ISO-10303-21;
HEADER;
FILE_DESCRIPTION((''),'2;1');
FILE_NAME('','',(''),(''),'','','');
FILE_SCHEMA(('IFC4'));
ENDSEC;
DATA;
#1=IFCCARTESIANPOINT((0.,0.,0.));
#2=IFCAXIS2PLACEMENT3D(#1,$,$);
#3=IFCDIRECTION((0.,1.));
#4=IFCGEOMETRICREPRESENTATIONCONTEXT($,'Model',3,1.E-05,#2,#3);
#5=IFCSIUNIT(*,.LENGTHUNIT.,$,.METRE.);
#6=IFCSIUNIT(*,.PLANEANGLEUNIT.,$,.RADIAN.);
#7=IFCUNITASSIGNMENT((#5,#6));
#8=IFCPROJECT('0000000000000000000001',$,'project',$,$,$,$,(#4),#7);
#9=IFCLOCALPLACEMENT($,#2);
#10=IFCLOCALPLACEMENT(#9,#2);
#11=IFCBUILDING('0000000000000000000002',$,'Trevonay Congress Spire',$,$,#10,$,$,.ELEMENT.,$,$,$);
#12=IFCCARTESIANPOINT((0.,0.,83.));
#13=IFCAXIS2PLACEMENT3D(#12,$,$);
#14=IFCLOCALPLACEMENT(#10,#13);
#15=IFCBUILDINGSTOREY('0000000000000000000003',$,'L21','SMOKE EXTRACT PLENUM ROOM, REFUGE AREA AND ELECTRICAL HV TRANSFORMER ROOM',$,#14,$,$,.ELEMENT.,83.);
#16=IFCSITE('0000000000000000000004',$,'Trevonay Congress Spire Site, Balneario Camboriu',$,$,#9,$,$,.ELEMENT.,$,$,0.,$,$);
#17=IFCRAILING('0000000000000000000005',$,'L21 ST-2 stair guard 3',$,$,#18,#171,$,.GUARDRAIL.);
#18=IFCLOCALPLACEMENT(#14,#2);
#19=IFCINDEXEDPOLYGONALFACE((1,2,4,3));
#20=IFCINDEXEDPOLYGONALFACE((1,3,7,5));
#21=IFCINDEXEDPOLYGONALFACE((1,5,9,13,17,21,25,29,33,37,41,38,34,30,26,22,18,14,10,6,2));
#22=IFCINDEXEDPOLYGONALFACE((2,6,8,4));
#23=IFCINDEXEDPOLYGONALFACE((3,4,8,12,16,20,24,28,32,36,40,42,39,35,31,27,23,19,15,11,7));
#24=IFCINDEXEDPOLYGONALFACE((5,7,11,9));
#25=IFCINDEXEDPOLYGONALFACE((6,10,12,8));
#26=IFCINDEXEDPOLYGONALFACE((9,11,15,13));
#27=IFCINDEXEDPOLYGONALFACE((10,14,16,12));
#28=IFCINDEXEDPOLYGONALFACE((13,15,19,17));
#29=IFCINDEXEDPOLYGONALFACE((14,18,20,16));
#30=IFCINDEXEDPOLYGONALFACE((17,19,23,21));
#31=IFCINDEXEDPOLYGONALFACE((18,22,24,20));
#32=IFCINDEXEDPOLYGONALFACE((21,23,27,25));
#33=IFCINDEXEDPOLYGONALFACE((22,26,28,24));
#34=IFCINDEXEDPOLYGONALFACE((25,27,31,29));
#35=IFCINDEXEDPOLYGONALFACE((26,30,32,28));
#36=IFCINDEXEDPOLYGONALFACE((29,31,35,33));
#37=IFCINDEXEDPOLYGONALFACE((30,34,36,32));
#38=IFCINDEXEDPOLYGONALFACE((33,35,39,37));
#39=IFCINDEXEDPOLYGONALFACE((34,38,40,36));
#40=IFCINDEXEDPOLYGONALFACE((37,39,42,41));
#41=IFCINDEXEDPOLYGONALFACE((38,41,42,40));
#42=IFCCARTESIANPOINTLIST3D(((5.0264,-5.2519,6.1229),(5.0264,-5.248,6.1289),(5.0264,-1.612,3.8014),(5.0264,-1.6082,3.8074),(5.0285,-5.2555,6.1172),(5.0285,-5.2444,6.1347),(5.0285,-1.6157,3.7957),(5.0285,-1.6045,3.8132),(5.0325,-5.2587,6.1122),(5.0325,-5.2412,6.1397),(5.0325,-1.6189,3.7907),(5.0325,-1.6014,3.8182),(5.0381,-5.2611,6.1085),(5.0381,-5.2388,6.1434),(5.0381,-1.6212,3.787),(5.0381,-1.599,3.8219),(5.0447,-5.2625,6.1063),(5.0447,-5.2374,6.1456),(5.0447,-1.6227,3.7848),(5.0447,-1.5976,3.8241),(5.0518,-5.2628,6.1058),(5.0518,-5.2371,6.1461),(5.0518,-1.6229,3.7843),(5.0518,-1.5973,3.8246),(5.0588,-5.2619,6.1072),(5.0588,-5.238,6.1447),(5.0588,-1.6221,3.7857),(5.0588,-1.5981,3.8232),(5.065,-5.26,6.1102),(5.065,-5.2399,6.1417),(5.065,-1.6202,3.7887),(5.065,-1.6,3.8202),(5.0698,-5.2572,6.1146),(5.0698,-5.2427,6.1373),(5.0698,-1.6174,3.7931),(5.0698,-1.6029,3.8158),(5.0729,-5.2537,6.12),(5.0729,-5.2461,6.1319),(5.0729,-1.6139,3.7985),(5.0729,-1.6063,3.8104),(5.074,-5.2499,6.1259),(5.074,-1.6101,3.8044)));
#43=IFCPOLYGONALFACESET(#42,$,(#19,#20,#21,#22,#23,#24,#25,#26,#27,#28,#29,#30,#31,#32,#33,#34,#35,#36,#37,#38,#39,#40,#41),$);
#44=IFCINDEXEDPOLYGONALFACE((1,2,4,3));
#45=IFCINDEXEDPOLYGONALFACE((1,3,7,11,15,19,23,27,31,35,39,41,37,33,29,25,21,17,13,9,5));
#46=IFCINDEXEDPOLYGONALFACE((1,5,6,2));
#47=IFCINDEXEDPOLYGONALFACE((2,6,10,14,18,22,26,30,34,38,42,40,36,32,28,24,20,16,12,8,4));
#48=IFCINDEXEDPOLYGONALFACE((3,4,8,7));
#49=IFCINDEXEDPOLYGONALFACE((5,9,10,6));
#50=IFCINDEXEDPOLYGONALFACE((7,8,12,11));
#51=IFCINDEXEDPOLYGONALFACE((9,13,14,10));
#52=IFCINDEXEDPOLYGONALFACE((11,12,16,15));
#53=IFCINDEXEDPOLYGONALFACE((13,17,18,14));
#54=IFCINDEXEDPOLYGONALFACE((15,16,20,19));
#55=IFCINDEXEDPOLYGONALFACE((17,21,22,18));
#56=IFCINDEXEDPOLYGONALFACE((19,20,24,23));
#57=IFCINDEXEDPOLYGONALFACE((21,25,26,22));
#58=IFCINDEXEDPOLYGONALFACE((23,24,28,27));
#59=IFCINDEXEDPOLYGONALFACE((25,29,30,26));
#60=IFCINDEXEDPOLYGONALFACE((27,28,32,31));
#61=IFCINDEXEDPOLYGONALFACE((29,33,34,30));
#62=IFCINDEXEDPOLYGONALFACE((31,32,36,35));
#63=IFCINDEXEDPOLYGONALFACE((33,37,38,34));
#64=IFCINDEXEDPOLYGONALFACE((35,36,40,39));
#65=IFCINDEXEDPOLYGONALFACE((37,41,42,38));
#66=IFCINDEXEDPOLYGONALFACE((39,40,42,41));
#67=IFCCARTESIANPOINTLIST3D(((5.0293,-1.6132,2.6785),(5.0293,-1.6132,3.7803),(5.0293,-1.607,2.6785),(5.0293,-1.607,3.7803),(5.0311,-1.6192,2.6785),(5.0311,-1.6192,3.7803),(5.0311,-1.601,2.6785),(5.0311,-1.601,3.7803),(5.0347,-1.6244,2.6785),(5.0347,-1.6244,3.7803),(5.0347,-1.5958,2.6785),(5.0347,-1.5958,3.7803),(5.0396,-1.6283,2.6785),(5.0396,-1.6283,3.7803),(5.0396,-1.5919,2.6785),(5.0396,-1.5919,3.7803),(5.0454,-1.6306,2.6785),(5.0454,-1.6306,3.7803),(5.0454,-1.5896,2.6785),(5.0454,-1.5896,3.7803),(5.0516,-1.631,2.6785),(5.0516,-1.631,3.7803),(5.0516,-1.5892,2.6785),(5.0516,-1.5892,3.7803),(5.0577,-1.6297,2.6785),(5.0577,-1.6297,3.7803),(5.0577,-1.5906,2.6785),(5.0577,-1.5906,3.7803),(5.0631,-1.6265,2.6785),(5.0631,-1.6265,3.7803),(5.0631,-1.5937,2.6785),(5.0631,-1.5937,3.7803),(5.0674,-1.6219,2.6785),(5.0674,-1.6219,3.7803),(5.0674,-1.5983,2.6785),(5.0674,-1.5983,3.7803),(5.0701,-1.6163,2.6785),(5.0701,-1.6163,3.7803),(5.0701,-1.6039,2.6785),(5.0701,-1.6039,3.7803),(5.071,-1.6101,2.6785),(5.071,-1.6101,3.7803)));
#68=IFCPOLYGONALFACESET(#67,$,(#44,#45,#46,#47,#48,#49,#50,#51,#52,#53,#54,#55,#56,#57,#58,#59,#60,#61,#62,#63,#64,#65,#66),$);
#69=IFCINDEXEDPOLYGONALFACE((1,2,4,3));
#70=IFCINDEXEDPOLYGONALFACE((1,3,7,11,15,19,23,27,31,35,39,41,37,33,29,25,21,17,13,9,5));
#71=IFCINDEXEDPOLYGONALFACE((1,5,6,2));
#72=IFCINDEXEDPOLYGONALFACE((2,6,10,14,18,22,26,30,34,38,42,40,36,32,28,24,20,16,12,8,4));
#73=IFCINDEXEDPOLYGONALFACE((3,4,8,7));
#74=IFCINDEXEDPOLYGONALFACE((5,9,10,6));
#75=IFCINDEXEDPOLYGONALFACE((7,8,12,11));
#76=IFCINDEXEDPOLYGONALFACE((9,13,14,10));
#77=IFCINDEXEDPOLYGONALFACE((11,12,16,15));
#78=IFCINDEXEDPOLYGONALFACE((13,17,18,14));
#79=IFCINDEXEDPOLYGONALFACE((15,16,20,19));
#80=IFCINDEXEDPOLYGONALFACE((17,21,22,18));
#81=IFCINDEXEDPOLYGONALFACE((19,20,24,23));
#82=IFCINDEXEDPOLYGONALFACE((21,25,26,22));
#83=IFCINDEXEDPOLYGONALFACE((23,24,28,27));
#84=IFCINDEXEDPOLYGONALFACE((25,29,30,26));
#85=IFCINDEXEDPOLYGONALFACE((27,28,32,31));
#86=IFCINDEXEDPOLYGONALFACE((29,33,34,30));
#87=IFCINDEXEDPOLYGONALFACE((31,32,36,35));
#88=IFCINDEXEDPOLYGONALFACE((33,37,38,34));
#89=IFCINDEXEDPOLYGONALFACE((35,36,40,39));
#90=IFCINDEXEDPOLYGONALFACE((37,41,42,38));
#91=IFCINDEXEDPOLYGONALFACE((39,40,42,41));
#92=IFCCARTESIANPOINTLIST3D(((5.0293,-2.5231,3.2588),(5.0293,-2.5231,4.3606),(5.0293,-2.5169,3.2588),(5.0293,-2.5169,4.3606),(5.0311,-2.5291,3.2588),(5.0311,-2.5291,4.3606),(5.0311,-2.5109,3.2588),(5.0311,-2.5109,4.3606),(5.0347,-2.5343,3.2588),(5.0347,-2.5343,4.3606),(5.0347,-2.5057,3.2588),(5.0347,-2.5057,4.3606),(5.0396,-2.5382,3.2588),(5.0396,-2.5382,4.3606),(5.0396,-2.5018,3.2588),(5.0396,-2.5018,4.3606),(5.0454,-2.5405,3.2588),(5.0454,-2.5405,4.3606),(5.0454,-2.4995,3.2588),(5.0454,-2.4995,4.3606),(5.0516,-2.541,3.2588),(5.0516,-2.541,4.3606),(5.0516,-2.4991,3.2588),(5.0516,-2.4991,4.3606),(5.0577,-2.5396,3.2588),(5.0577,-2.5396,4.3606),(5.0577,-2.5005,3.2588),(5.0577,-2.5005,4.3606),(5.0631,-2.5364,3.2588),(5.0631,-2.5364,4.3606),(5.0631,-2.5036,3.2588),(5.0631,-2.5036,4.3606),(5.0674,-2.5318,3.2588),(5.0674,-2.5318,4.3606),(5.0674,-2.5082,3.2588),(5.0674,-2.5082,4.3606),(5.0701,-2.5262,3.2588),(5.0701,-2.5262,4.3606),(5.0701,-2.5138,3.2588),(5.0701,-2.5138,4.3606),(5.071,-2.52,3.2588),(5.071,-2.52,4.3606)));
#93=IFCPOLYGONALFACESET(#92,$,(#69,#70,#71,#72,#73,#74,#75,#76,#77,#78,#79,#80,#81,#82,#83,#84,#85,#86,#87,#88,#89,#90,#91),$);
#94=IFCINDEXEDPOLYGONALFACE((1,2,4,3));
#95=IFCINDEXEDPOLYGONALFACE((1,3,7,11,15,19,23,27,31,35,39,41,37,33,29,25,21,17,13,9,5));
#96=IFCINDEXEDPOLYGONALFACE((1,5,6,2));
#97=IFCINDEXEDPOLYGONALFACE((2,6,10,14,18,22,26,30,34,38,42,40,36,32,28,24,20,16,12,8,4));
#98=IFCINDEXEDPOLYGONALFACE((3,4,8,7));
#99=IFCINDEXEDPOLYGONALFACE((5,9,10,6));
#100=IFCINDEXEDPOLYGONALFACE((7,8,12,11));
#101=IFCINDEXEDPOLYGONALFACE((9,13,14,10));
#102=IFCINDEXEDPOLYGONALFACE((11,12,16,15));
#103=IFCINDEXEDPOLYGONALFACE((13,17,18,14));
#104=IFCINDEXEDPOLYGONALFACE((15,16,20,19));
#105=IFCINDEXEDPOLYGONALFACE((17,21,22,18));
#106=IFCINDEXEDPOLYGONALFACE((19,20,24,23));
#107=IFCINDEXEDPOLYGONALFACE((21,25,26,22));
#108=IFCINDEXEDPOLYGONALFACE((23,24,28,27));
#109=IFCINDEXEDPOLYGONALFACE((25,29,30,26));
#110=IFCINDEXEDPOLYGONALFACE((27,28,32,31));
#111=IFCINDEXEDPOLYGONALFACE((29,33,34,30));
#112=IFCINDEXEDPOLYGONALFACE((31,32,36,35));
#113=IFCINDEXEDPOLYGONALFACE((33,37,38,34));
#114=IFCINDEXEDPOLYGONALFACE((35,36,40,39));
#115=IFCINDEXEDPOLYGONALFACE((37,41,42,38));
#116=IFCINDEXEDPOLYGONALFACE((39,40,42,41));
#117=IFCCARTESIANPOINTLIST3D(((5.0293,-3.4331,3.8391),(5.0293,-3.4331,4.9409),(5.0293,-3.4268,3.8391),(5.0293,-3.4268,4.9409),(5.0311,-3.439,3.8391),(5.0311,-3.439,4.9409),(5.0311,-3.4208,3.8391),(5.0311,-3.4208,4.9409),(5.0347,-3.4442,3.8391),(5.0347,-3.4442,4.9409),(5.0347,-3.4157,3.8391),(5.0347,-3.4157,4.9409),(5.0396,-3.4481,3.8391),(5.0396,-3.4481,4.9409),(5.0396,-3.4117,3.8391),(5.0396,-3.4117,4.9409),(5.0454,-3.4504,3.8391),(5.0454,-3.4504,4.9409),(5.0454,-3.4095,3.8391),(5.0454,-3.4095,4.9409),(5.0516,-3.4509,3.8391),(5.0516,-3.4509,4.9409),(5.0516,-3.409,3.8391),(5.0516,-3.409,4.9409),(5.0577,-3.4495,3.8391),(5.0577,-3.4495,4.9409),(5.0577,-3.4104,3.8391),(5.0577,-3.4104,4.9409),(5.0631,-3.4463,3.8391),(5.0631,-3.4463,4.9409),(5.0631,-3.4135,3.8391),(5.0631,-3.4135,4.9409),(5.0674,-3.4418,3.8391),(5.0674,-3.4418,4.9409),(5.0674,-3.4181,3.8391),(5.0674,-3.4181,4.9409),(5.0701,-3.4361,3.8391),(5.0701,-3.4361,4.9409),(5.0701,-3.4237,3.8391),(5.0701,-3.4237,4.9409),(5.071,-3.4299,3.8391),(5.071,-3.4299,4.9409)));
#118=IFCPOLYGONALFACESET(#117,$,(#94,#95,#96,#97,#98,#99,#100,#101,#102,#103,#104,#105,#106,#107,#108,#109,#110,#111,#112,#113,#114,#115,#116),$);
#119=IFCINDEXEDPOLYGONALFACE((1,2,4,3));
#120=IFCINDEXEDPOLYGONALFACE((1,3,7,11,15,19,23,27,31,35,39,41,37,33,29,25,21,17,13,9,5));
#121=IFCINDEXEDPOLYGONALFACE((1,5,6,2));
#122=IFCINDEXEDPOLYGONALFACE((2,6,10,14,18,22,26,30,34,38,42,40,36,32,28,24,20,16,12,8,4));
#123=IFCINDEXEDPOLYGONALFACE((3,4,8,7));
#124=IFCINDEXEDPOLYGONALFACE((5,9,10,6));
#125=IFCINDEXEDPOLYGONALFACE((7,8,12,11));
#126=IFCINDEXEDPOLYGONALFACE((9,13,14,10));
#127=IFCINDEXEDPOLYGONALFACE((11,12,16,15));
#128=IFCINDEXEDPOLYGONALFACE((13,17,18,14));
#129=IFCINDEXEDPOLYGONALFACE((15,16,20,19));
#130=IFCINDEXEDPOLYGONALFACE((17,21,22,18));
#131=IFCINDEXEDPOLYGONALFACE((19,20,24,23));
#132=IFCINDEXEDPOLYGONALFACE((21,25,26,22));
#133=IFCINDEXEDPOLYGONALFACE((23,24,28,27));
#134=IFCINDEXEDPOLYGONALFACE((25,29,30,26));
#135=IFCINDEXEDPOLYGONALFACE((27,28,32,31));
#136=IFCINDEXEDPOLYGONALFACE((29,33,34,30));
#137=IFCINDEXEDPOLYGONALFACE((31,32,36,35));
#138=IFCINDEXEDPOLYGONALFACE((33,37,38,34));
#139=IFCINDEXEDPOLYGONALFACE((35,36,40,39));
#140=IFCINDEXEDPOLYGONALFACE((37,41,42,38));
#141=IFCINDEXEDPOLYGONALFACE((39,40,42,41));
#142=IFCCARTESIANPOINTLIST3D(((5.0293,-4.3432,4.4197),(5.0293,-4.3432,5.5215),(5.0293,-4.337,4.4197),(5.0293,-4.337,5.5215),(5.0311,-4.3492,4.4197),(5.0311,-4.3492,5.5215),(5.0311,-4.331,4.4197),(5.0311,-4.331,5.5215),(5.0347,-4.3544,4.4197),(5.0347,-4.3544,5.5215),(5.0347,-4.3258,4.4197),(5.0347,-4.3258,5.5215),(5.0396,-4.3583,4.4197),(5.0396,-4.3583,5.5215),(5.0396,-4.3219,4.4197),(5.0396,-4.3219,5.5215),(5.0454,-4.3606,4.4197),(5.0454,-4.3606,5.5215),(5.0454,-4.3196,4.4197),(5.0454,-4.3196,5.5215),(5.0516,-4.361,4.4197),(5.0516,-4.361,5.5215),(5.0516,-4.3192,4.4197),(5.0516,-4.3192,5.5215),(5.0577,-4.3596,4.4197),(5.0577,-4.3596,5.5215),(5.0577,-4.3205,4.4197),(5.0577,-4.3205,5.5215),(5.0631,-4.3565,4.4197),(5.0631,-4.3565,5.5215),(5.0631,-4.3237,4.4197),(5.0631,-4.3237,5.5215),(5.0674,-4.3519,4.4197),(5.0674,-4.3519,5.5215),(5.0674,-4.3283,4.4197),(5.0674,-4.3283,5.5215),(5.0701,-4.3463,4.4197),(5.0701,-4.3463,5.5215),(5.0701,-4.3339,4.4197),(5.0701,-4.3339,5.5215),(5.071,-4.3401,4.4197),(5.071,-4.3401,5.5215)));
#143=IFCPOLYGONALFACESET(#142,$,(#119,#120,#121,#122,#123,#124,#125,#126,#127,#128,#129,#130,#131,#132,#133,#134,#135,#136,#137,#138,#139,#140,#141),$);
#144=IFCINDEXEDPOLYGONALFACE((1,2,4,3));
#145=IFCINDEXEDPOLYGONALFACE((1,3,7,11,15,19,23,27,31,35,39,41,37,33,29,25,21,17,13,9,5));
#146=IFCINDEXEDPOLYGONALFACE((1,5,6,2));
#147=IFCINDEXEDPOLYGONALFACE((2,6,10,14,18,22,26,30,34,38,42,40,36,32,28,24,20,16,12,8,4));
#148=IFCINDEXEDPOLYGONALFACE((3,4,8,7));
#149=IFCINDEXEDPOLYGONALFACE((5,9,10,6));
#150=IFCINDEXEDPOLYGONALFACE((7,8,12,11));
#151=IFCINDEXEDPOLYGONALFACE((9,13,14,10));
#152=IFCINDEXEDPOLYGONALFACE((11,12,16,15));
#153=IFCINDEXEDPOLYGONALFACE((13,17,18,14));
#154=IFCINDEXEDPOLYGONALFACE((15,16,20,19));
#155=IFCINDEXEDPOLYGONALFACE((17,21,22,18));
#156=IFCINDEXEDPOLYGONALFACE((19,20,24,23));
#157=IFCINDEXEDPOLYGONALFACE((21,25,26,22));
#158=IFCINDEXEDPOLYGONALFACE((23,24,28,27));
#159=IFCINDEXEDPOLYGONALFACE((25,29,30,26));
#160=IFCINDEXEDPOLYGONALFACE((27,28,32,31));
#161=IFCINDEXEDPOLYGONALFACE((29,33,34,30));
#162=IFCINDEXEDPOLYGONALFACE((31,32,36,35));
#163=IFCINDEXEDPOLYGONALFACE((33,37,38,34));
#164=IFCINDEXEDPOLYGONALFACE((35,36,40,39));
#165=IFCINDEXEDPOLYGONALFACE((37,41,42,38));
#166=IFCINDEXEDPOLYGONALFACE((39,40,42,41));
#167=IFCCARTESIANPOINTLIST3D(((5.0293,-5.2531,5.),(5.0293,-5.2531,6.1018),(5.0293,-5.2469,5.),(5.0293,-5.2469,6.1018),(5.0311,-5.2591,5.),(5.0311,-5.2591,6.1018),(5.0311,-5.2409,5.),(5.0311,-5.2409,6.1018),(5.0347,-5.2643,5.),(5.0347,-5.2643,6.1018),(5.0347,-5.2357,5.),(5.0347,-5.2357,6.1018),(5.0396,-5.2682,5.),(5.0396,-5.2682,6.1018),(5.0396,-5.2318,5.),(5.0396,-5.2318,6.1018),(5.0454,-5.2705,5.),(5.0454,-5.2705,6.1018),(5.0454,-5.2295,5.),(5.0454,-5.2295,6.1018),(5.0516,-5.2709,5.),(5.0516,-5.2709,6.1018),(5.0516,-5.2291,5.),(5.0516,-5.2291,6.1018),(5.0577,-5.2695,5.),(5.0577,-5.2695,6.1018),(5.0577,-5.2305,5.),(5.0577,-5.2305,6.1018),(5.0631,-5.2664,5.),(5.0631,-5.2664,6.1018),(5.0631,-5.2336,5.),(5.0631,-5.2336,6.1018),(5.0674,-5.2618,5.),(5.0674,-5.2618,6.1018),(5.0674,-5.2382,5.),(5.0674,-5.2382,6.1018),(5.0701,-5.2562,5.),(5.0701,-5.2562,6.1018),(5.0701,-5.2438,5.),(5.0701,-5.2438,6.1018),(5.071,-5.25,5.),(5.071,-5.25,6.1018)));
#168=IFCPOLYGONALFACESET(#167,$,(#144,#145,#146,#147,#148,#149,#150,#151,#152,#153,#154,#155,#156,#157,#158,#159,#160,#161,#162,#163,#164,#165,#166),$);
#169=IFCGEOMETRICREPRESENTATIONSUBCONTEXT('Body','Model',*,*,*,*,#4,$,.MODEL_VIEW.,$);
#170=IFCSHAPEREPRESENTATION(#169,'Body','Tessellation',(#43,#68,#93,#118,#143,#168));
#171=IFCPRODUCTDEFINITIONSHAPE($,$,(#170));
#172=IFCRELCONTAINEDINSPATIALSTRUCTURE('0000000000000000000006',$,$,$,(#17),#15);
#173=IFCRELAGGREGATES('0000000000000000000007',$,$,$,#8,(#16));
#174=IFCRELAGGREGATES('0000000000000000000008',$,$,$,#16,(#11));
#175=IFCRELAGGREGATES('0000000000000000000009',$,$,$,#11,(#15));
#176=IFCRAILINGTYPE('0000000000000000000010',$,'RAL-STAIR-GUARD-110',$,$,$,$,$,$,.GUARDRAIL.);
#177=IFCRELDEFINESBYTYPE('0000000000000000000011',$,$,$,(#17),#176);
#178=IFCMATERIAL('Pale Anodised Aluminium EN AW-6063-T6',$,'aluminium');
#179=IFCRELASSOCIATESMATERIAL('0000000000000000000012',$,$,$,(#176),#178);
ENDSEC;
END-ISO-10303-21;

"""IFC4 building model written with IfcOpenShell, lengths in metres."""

from ifc_helpers import new_model, si_unit, direction, frame, origin, origin_2d, place, context, subcontext, project, spatial, circle, extrude, material, type_object, element, save


model = new_model("IFC4")

# Units and contexts
model_context = context("Model", 3, precision=1e-05, world=origin(), true_north=direction((0.0, 1.0)))
body_context = subcontext(model_context, "Body", "Model", "MODEL_VIEW")
ifc_project = project(units=[si_unit("LENGTHUNIT", "METRE"), si_unit("PLANEANGLEUNIT", "RADIAN")], contexts=[model_context])

# Site, building, storey
site_placement = place(None, origin())
site = spatial("IfcSite", under=ifc_project, at=site_placement, Name="Trevonay Congress Spire Site, Balneario Camboriu", CompositionType="ELEMENT", RefElevation=0.0)
building_placement = place(site_placement, origin())
building = spatial("IfcBuilding", under=site, at=building_placement, Name="Trevonay Congress Spire", CompositionType="ELEMENT")
storey_placement = place(building_placement, frame((0.0, 0.0, 83.0)))
storey = spatial("IfcBuildingStorey", under=building, at=storey_placement, Name="L21", Description="SMOKE EXTRACT PLENUM ROOM, REFUGE AREA AND ELECTRICAL HV TRANSFORMER ROOM", CompositionType="ELEMENT", Elevation=83.0)

# Shared definitions
ifc_material_1 = material(Name="Pale Anodised Aluminium EN AW-6063-T6", Category="aluminium")

# Railing
railing_type_1 = type_object("IfcRailingType", Name="RAL-STAIR-GUARD-110", PredefinedType="GUARDRAIL", material=ifc_material_1)
railing_1_placement = place(storey_placement, frame((5.05, -1.6101, 2.6785)))
element("IfcRailing", 1, at=railing_1_placement, inside=storey, type_object=railing_type_1, Name="L21 ST-2 stair guard 3", PredefinedType="GUARDRAIL", context=body_context, shape_type="SweptSolid", body=[
    extrude(circle(Radius=0.0239, at=origin_2d()), frame((0.0, 0.0, 1.126), z_axis=(0.0, -0.843112, 0.537739), x_axis=(1.0, 0.0, 0.0)), (0.0, 0.0, 1.0), 4.3171),
    extrude(circle(Radius=0.021, at=origin_2d()), origin(), (0.0, 0.0, 1.0), 1.1018),
    extrude(circle(Radius=0.021, at=origin_2d()), frame((0.0, -0.9099, 0.5803)), (0.0, 0.0, 1.0), 1.1018),
    extrude(circle(Radius=0.021, at=origin_2d()), frame((0.0, -1.8198, 1.1606)), (0.0, 0.0, 1.0), 1.1018),
    extrude(circle(Radius=0.021, at=origin_2d()), frame((0.0, -2.73, 1.7412)), (0.0, 0.0, 1.0), 1.1018),
    extrude(circle(Radius=0.021, at=origin_2d()), frame((0.0, -3.6399, 2.3215)), (0.0, 0.0, 1.0), 1.1018),
])

save(model, "model.ifc")
